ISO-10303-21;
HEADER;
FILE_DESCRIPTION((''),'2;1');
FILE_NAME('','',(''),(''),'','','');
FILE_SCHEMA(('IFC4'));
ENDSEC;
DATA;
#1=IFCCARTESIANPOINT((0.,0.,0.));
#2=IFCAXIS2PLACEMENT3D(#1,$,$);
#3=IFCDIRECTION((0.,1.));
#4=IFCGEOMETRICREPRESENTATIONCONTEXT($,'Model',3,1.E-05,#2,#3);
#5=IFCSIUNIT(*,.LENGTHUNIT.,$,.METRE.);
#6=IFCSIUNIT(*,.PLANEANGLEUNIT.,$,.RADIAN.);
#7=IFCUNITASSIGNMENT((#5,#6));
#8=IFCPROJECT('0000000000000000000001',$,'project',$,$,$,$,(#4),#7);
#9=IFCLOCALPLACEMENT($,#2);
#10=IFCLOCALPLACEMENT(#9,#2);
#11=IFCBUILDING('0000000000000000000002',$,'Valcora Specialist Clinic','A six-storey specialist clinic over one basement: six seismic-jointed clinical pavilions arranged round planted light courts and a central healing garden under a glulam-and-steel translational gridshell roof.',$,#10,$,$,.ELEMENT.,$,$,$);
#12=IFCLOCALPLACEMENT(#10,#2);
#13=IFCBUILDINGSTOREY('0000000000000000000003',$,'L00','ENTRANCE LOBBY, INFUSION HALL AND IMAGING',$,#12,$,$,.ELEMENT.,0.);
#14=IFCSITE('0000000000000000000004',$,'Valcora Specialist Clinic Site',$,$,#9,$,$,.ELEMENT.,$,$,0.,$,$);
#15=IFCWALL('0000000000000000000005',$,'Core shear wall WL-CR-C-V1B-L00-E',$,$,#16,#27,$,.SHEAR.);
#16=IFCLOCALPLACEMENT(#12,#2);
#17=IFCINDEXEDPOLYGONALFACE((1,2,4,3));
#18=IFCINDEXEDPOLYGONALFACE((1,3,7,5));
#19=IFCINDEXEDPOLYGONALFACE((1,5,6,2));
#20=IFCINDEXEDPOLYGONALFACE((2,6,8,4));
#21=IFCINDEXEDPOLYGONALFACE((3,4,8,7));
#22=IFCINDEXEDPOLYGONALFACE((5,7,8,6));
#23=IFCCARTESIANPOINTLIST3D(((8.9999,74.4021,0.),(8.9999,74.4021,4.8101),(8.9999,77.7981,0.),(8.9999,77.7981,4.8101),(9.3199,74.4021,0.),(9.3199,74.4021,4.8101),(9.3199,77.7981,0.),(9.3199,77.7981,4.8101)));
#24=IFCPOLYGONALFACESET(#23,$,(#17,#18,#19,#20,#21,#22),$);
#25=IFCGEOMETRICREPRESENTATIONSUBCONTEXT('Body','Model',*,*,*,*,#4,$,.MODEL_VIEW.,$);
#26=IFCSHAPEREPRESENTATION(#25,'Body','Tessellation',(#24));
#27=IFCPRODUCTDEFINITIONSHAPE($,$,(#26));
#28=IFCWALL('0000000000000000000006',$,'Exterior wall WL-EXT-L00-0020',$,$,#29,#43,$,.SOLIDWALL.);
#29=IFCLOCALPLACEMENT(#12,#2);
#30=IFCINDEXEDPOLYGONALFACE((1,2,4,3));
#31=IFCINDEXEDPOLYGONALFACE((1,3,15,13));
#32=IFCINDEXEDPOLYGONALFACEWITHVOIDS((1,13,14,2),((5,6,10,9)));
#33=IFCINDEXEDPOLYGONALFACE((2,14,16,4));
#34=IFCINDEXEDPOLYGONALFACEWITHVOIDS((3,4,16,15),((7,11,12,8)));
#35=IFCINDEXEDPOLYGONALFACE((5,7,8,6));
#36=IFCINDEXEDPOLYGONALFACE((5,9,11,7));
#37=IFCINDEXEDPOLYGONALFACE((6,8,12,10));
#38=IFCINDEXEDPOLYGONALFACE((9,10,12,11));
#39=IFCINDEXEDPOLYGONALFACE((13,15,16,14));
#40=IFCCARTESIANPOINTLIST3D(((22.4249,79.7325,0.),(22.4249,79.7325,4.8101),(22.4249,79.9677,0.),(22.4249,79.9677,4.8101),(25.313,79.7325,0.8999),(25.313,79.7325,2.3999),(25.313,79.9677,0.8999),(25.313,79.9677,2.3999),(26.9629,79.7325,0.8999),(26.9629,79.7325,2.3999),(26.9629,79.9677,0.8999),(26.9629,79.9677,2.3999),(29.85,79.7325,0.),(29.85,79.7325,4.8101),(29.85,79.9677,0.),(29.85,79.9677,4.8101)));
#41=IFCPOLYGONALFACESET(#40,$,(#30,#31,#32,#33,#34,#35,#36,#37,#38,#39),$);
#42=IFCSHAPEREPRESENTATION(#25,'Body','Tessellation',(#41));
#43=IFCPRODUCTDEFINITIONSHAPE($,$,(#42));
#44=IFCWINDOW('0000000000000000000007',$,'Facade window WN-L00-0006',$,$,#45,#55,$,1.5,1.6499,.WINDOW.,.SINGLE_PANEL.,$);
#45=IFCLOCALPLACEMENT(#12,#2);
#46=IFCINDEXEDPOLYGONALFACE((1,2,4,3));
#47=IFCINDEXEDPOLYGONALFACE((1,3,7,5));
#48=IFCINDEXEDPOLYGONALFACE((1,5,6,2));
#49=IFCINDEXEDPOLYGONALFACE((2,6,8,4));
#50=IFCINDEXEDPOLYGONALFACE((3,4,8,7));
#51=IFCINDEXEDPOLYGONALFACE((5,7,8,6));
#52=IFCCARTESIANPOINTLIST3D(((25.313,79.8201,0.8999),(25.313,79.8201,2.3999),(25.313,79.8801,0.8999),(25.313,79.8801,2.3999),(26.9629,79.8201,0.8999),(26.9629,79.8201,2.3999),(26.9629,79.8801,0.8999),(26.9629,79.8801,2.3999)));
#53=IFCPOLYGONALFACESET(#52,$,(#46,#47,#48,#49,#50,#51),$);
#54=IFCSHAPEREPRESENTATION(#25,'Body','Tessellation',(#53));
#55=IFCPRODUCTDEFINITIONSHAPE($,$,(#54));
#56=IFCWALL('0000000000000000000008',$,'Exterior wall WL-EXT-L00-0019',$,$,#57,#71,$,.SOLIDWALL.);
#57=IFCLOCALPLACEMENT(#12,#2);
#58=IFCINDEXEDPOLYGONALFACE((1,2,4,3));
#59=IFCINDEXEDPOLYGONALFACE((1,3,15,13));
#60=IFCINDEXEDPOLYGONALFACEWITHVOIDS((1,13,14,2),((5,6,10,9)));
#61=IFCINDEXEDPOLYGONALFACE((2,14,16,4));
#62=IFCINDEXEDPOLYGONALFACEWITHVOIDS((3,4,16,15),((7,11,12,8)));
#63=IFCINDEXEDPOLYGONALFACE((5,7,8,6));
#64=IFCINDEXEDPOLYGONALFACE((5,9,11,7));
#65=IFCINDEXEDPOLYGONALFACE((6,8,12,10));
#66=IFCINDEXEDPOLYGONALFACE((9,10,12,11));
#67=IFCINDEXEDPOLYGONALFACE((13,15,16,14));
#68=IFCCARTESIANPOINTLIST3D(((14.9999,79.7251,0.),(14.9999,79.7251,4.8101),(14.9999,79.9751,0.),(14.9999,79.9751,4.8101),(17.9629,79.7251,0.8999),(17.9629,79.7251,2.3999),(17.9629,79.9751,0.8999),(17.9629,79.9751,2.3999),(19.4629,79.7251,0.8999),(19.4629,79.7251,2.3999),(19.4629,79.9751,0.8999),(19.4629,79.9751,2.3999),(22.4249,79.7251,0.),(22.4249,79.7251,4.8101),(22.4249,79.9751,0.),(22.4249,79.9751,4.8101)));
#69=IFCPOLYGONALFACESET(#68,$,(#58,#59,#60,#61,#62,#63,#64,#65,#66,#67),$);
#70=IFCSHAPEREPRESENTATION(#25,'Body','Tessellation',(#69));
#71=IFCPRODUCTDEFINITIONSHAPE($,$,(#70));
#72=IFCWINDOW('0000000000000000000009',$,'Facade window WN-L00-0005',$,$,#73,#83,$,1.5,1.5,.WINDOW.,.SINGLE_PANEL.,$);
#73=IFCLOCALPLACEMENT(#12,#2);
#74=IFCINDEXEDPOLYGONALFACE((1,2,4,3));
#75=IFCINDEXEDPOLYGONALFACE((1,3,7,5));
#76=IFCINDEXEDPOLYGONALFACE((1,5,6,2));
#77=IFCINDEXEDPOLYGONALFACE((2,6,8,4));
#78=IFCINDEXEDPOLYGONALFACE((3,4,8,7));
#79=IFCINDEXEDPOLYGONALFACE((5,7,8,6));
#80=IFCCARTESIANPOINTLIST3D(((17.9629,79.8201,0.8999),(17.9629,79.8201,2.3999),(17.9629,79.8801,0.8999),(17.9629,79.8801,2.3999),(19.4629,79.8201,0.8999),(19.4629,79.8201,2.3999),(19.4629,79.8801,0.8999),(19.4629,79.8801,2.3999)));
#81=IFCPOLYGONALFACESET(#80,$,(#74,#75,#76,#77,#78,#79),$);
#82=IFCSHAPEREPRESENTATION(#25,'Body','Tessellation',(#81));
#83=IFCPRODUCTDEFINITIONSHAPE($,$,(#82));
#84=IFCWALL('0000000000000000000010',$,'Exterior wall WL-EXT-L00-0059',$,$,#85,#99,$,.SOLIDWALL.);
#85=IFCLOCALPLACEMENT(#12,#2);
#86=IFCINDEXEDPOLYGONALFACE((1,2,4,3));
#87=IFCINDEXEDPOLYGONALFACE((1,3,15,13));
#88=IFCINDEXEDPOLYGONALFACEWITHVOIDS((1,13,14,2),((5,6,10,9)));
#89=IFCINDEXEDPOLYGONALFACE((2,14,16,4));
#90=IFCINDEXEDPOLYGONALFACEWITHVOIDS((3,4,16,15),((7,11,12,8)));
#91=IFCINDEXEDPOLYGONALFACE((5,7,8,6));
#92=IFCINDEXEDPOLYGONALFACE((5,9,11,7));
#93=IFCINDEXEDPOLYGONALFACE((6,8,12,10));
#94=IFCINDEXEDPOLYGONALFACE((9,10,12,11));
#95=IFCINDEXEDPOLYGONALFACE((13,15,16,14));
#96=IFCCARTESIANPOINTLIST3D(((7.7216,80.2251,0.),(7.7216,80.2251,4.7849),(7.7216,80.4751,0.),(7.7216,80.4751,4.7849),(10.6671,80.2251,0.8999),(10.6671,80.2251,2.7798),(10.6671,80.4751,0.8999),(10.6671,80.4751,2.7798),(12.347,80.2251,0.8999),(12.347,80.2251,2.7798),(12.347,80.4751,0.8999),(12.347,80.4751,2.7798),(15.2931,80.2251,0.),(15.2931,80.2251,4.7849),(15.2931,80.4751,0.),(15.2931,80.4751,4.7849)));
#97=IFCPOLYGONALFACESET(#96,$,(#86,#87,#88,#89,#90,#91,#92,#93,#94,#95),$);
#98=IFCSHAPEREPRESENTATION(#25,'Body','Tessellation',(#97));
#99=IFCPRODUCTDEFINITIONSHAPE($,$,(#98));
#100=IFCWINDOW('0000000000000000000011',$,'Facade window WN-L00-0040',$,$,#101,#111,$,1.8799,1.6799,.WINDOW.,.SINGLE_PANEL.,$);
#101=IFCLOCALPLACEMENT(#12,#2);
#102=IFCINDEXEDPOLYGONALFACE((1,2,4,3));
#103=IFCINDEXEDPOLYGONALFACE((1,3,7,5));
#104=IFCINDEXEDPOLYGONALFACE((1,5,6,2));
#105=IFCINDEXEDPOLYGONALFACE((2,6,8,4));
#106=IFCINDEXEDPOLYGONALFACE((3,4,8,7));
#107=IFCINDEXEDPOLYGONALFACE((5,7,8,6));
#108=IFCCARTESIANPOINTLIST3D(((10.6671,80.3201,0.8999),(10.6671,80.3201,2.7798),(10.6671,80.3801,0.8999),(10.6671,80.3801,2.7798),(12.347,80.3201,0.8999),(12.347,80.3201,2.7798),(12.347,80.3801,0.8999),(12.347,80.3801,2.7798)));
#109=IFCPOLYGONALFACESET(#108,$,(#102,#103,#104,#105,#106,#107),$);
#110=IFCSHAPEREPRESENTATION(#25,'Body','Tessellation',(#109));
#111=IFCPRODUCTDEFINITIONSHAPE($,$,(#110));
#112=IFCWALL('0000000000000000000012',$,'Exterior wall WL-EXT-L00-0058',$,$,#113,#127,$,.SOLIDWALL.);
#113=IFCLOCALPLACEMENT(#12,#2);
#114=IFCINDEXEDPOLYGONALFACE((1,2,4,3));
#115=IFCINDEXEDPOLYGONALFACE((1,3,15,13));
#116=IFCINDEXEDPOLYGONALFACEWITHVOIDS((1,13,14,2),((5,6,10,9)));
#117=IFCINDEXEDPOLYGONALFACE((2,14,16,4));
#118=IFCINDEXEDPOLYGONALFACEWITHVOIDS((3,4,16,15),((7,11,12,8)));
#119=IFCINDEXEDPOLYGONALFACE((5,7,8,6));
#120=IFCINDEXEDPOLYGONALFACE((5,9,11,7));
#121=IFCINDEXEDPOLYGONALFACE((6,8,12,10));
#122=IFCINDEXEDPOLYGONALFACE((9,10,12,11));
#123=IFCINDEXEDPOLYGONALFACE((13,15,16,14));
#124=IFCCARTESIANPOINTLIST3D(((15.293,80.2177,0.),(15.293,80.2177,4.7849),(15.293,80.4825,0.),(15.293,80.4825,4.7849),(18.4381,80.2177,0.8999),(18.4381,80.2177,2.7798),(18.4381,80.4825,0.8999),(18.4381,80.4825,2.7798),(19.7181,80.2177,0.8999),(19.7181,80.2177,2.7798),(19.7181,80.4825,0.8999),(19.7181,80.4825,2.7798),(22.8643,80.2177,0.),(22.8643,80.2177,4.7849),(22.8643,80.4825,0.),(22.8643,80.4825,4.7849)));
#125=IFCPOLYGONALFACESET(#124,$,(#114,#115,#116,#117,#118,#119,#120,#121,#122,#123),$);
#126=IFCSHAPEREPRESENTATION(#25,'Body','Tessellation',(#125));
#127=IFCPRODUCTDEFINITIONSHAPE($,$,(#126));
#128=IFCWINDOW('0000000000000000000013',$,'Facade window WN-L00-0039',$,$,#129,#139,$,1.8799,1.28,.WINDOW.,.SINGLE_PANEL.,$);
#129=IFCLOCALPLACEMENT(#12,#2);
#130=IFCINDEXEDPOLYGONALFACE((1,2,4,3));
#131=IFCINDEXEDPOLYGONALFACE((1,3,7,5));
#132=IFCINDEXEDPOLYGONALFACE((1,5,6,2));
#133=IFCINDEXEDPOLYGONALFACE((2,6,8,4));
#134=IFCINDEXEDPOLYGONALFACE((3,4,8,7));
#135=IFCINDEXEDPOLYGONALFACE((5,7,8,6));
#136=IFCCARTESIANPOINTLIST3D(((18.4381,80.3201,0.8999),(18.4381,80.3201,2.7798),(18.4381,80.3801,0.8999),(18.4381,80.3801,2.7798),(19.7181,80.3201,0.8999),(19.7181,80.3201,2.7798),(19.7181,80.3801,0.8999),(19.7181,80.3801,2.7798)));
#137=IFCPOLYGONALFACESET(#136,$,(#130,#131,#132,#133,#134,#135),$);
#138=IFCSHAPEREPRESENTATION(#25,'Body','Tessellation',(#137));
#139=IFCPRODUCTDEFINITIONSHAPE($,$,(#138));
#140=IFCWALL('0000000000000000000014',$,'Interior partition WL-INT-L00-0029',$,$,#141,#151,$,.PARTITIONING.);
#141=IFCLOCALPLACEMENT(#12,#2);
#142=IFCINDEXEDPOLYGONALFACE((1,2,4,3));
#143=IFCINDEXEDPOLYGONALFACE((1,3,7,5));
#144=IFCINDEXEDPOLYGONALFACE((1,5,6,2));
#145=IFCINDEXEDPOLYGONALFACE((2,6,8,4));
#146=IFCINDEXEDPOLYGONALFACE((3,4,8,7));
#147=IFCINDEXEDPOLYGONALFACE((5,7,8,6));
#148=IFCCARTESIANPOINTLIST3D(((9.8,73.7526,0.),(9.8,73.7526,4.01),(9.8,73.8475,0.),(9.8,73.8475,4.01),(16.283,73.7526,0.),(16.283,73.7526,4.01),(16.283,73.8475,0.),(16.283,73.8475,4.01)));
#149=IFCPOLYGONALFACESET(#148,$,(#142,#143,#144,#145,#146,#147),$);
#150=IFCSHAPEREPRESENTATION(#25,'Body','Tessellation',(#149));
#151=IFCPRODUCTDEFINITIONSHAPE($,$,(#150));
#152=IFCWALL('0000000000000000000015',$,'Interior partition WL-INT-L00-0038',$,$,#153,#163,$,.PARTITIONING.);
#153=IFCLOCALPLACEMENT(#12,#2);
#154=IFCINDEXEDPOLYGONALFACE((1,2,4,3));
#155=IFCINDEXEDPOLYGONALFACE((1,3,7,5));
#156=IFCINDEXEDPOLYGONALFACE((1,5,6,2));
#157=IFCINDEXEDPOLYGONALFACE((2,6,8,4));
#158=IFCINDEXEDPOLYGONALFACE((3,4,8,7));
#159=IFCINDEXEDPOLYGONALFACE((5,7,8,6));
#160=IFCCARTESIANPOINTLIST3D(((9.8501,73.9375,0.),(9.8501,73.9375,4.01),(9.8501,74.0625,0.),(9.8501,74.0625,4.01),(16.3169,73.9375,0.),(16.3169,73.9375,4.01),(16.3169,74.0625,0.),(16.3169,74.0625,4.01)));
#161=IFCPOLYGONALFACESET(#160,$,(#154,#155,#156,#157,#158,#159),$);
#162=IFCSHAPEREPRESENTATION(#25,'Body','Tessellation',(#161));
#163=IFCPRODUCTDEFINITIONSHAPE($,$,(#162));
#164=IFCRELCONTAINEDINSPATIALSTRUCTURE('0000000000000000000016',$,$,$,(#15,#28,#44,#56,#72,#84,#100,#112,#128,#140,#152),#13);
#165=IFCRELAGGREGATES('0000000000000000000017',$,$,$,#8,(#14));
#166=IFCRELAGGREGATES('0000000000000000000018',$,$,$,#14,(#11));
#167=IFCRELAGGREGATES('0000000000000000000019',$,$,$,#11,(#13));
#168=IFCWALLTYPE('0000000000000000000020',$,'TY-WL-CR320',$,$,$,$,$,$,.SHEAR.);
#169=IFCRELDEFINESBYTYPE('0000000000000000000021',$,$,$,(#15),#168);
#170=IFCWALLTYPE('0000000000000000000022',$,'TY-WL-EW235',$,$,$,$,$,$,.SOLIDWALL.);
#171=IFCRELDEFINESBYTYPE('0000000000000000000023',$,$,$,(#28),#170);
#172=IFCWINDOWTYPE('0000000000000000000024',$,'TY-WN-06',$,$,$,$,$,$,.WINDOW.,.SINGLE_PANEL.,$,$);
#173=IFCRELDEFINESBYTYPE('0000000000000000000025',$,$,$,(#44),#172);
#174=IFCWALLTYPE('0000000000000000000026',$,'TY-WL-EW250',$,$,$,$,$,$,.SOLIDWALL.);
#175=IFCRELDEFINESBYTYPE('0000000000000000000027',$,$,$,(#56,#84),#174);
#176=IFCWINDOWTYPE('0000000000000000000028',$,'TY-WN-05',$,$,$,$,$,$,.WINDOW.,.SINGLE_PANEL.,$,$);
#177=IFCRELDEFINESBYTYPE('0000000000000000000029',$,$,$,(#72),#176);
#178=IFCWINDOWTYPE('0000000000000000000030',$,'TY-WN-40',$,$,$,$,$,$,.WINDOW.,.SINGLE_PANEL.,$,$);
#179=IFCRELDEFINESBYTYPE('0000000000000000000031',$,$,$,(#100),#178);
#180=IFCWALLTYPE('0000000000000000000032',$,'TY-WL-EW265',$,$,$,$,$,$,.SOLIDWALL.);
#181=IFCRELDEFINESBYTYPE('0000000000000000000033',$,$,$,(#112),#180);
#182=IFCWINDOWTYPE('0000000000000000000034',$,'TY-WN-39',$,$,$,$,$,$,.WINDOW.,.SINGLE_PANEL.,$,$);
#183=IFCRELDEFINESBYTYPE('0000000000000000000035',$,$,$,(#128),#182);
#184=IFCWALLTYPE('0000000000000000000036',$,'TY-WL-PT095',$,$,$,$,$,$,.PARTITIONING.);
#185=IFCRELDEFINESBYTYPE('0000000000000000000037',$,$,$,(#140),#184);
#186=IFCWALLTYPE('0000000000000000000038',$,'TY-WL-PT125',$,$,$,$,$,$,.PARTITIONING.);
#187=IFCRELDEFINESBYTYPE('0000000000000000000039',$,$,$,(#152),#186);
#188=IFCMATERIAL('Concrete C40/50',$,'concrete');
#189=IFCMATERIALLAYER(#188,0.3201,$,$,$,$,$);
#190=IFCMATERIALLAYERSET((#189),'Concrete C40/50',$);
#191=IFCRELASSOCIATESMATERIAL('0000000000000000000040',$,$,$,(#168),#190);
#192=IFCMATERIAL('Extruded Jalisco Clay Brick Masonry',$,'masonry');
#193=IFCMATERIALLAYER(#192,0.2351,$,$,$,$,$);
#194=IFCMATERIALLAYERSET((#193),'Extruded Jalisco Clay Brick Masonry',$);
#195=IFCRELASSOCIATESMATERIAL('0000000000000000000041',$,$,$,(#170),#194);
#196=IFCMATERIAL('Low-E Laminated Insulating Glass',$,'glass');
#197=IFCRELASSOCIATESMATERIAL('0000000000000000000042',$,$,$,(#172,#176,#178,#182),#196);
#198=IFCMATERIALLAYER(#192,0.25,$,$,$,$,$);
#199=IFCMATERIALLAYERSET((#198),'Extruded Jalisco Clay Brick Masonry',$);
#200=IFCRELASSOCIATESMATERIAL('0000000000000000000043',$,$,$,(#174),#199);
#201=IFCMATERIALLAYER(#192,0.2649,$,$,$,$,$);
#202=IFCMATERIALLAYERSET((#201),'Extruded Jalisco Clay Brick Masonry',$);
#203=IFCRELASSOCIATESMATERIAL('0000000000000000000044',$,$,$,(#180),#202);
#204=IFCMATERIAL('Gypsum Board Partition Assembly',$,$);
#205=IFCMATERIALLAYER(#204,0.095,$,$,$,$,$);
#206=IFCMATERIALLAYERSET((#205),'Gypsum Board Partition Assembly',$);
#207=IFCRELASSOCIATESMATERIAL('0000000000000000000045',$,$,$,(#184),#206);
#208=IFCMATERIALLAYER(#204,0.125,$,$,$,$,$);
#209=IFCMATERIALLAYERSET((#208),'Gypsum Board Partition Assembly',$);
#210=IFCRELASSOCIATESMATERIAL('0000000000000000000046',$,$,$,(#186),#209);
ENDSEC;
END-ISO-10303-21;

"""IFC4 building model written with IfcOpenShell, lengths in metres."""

from ifc_helpers import new_model, si_unit, direction, frame, frame_2d, origin, place, context, subcontext, project, spatial, rectangle, extrude, material, layer, layer_set, type_object, element, fill, save


model = new_model("IFC4")

# Units and contexts
model_context = context("Model", 3, precision=1e-05, world=origin(), true_north=direction((0.0, 1.0)))
body_context = subcontext(model_context, "Body", "Model", "MODEL_VIEW")
ifc_project = project(units=[si_unit("LENGTHUNIT", "METRE"), si_unit("PLANEANGLEUNIT", "RADIAN")], contexts=[model_context])

# Site, building, storey
site_placement = place(None, origin())
site = spatial("IfcSite", under=ifc_project, at=site_placement, Name="Valcora Specialist Clinic Site", CompositionType="ELEMENT", RefElevation=0.0)
building_placement = place(site_placement, origin())
building = spatial("IfcBuilding", under=site, at=building_placement, Name="Valcora Specialist Clinic", Description="A six-storey specialist clinic over one basement: six seismic-jointed clinical pavilions arranged round planted light courts and a central healing garden under a glulam-and-steel translational gridshell roof.", CompositionType="ELEMENT")
storey_placement = place(building_placement, origin())
storey = spatial("IfcBuildingStorey", under=building, at=storey_placement, Name="L00", Description="ENTRANCE LOBBY, INFUSION HALL AND IMAGING", CompositionType="ELEMENT", Elevation=0.0)

# Shared definitions
ifc_material_1 = material(Name="Concrete C40/50", Category="concrete")

# Wall
ifc_layer_1 = layer(ifc_material_1, 0.3201)
ifc_layer_set_1 = layer_set([ifc_layer_1], Name="Concrete C40/50")
wall_type_1 = type_object("IfcWallType", Name="TY-WL-CR320", PredefinedType="SHEAR", material=ifc_layer_set_1)
wall_1_placement = place(storey_placement, frame((9.1599, 74.4021, 0.0), z_axis=(0.0, 0.0, 1.0), x_axis=(0.0, 1.0, 0.0)))
element("IfcWall", 1, at=wall_1_placement, inside=storey, type_object=wall_type_1, Name="Core shear wall WL-CR-C-V1B-L00-E", PredefinedType="SHEAR", context=body_context, shape_type="SweptSolid", body=[
    extrude(rectangle(XDim=3.396, YDim=0.3201, at=frame_2d((1.698, 0.0))), origin(), (0.0, 0.0, 1.0), 4.8101),
])

# Walls, openings, windows
ifc_material_2 = material(Name="Extruded Jalisco Clay Brick Masonry", Category="masonry")
ifc_layer_2 = layer(ifc_material_2, 0.2351)
ifc_layer_set_2 = layer_set([ifc_layer_2], Name="Extruded Jalisco Clay Brick Masonry")
wall_type_2 = type_object("IfcWallType", Name="TY-WL-EW235", PredefinedType="SOLIDWALL", material=ifc_layer_set_2)
wall_2_placement = place(storey_placement, frame((22.425, 79.8501, 0.0), z_axis=(0.0, 0.0, 1.0), x_axis=(1.0, 0.0, 0.0)))
wall_2 = element("IfcWall", 2, at=wall_2_placement, inside=storey, type_object=wall_type_2, Name="Exterior wall WL-EXT-L00-0020", PredefinedType="SOLIDWALL", context=body_context, shape_type="SweptSolid", body=[
    extrude(rectangle(XDim=7.425, YDim=0.2351, at=frame_2d((3.7124, 0.0))), origin(), (0.0, 0.0, 1.0), 4.8101),
])
opening_1_placement = place(wall_2_placement, frame((2.8879, 0.0, 0.8999)))
opening_1 = element("IfcOpeningElement", 3, at=opening_1_placement, cuts=wall_2, PredefinedType="OPENING", context=body_context, shape_type="SweptSolid", body=[
    extrude(rectangle(XDim=1.6499, YDim=1.5, at=frame_2d((0.825, 0.75))), frame((0.0, 0.1274, 0.0), z_axis=(0.0, -1.0, 0.0), x_axis=(1.0, 0.0, 0.0)), (0.0, 0.0, 1.0), 0.2551),
])
ifc_material_3 = material(Name="Low-E Laminated Insulating Glass", Category="glass")
window_type_1 = type_object("IfcWindowType", Name="TY-WN-06", PartitioningType="SINGLE_PANEL", PredefinedType="WINDOW", material=ifc_material_3)
window_1_placement = place(opening_1_placement, origin())
window_1 = element("IfcWindow", 4, at=window_1_placement, inside=storey, type_object=window_type_1, Name="Facade window WN-L00-0006", OverallHeight=1.5, OverallWidth=1.6499, PartitioningType="SINGLE_PANEL", PredefinedType="WINDOW", context=body_context, shape_type="SweptSolid", body=[
    extrude(rectangle(XDim=1.6499, YDim=1.5, at=frame_2d((0.825, 0.75))), frame((0.0, 0.03, 0.0), z_axis=(0.0, -1.0, 0.0), x_axis=(1.0, 0.0, 0.0)), (0.0, 0.0, 1.0), 0.0601),
])
fill(opening_1, window_1)
ifc_layer_3 = layer(ifc_material_2, 0.25)
ifc_layer_set_3 = layer_set([ifc_layer_3], Name="Extruded Jalisco Clay Brick Masonry")
wall_type_3 = type_object("IfcWallType", Name="TY-WL-EW250", PredefinedType="SOLIDWALL", material=ifc_layer_set_3)
wall_3_placement = place(storey_placement, frame((15.0, 79.8501, 0.0), z_axis=(0.0, 0.0, 1.0), x_axis=(1.0, 0.0, 0.0)))
wall_3 = element("IfcWall", 5, at=wall_3_placement, inside=storey, type_object=wall_type_3, Name="Exterior wall WL-EXT-L00-0019", PredefinedType="SOLIDWALL", context=body_context, shape_type="SweptSolid", body=[
    extrude(rectangle(XDim=7.425, YDim=0.25, at=frame_2d((3.7124, 0.0))), origin(), (0.0, 0.0, 1.0), 4.8101),
])
opening_2_placement = place(wall_3_placement, frame((2.9629, 0.0, 0.8999)))
opening_2 = element("IfcOpeningElement", 6, at=opening_2_placement, cuts=wall_3, PredefinedType="OPENING", context=body_context, shape_type="SweptSolid", body=[
    extrude(rectangle(XDim=1.5, YDim=1.5, at=frame_2d((0.75, 0.75))), frame((0.0, 0.135, 0.0), z_axis=(0.0, -1.0, 0.0), x_axis=(1.0, 0.0, 0.0)), (0.0, 0.0, 1.0), 0.27),
])
window_type_2 = type_object("IfcWindowType", Name="TY-WN-05", PartitioningType="SINGLE_PANEL", PredefinedType="WINDOW", material=ifc_material_3)
window_2_placement = place(opening_2_placement, origin())
window_2 = element("IfcWindow", 7, at=window_2_placement, inside=storey, type_object=window_type_2, Name="Facade window WN-L00-0005", OverallHeight=1.5, OverallWidth=1.5, PartitioningType="SINGLE_PANEL", PredefinedType="WINDOW", context=body_context, shape_type="SweptSolid", body=[
    extrude(rectangle(XDim=1.5, YDim=1.5, at=frame_2d((0.75, 0.75))), frame((0.0, 0.03, 0.0), z_axis=(0.0, -1.0, 0.0), x_axis=(1.0, 0.0, 0.0)), (0.0, 0.0, 1.0), 0.0601),
])
fill(opening_2, window_2)
wall_4_placement = place(storey_placement, frame((15.293, 80.3501, 0.0), z_axis=(0.0, 0.0, 1.0), x_axis=(-1.0, 0.0, 0.0)))
wall_4 = element("IfcWall", 8, at=wall_4_placement, inside=storey, type_object=wall_type_3, Name="Exterior wall WL-EXT-L00-0059", PredefinedType="SOLIDWALL", context=body_context, shape_type="SweptSolid", body=[
    extrude(rectangle(XDim=7.5715, YDim=0.25, at=frame_2d((3.7856, 0.0))), origin(), (0.0, 0.0, 1.0), 4.7849),
])
opening_3_placement = place(wall_4_placement, frame((2.946, 0.0, 0.8999)))
opening_3 = element("IfcOpeningElement", 9, at=opening_3_placement, cuts=wall_4, PredefinedType="OPENING", context=body_context, shape_type="SweptSolid", body=[
    extrude(rectangle(XDim=1.6799, YDim=1.8799, at=frame_2d((0.8398, 0.9399))), frame((0.0, 0.135, 0.0), z_axis=(0.0, -1.0, 0.0), x_axis=(1.0, 0.0, 0.0)), (0.0, 0.0, 1.0), 0.27),
])
window_type_3 = type_object("IfcWindowType", Name="TY-WN-40", PartitioningType="SINGLE_PANEL", PredefinedType="WINDOW", material=ifc_material_3)
window_3_placement = place(opening_3_placement, origin())
window_3 = element("IfcWindow", 10, at=window_3_placement, inside=storey, type_object=window_type_3, Name="Facade window WN-L00-0040", OverallHeight=1.8799, OverallWidth=1.6799, PartitioningType="SINGLE_PANEL", PredefinedType="WINDOW", context=body_context, shape_type="SweptSolid", body=[
    extrude(rectangle(XDim=1.6799, YDim=1.8799, at=frame_2d((0.8398, 0.9399))), frame((0.0, 0.03, 0.0), z_axis=(0.0, -1.0, 0.0), x_axis=(1.0, 0.0, 0.0)), (0.0, 0.0, 1.0), 0.0601),
])
fill(opening_3, window_3)
ifc_layer_4 = layer(ifc_material_2, 0.2649)
ifc_layer_set_4 = layer_set([ifc_layer_4], Name="Extruded Jalisco Clay Brick Masonry")
wall_type_4 = type_object("IfcWallType", Name="TY-WL-EW265", PredefinedType="SOLIDWALL", material=ifc_layer_set_4)
wall_5_placement = place(storey_placement, frame((22.8643, 80.3501, 0.0), z_axis=(0.0, 0.0, 1.0), x_axis=(-1.0, 0.0, 0.0)))
wall_5 = element("IfcWall", 11, at=wall_5_placement, inside=storey, type_object=wall_type_4, Name="Exterior wall WL-EXT-L00-0058", PredefinedType="SOLIDWALL", context=body_context, shape_type="SweptSolid", body=[
    extrude(rectangle(XDim=7.5713, YDim=0.2649, at=frame_2d((3.7856, 0.0))), origin(), (0.0, 0.0, 1.0), 4.7849),
])
opening_4_placement = place(wall_5_placement, frame((3.146, 0.0, 0.8999)))
opening_4 = element("IfcOpeningElement", 12, at=opening_4_placement, cuts=wall_5, PredefinedType="OPENING", context=body_context, shape_type="SweptSolid", body=[
    extrude(rectangle(XDim=1.28, YDim=1.8799, at=frame_2d((0.6401, 0.9399))), frame((0.0, 0.1423, 0.0), z_axis=(0.0, -1.0, 0.0), x_axis=(1.0, 0.0, 0.0)), (0.0, 0.0, 1.0), 0.2849),
])
window_type_4 = type_object("IfcWindowType", Name="TY-WN-39", PartitioningType="SINGLE_PANEL", PredefinedType="WINDOW", material=ifc_material_3)
window_4_placement = place(opening_4_placement, origin())
window_4 = element("IfcWindow", 13, at=window_4_placement, inside=storey, type_object=window_type_4, Name="Facade window WN-L00-0039", OverallHeight=1.8799, OverallWidth=1.28, PartitioningType="SINGLE_PANEL", PredefinedType="WINDOW", context=body_context, shape_type="SweptSolid", body=[
    extrude(rectangle(XDim=1.28, YDim=1.8799, at=frame_2d((0.6401, 0.9399))), frame((0.0, 0.03, 0.0), z_axis=(0.0, -1.0, 0.0), x_axis=(1.0, 0.0, 0.0)), (0.0, 0.0, 1.0), 0.0601),
])
fill(opening_4, window_4)

# Walls
ifc_material_4 = material(Name="Gypsum Board Partition Assembly")
ifc_layer_5 = layer(ifc_material_4, 0.095)
ifc_layer_set_5 = layer_set([ifc_layer_5], Name="Gypsum Board Partition Assembly")
wall_type_5 = type_object("IfcWallType", Name="TY-WL-PT095", PredefinedType="PARTITIONING", material=ifc_layer_set_5)
wall_6_placement = place(storey_placement, frame((9.8, 73.8, 0.0), z_axis=(0.0, 0.0, 1.0), x_axis=(1.0, 0.0, 0.0)))
element("IfcWall", 14, at=wall_6_placement, inside=storey, type_object=wall_type_5, Name="Interior partition WL-INT-L00-0029", PredefinedType="PARTITIONING", context=body_context, shape_type="SweptSolid", body=[
    extrude(rectangle(XDim=6.4829, YDim=0.095, at=frame_2d((3.2415, 0.0))), origin(), (0.0, 0.0, 1.0), 4.01),
])
ifc_layer_6 = layer(ifc_material_4, 0.125)
ifc_layer_set_6 = layer_set([ifc_layer_6], Name="Gypsum Board Partition Assembly")
wall_type_6 = type_object("IfcWallType", Name="TY-WL-PT125", PredefinedType="PARTITIONING", material=ifc_layer_set_6)
wall_7_placement = place(storey_placement, frame((16.3169, 74.0, 0.0), z_axis=(0.0, 0.0, 1.0), x_axis=(-1.0, 0.0, 0.0)))
element("IfcWall", 15, at=wall_7_placement, inside=storey, type_object=wall_type_6, Name="Interior partition WL-INT-L00-0038", PredefinedType="PARTITIONING", context=body_context, shape_type="SweptSolid", body=[
    extrude(rectangle(XDim=6.4668, YDim=0.125, at=frame_2d((3.2334, 0.0))), origin(), (0.0, 0.0, 1.0), 4.01),
])

save(model, "model.ifc")
